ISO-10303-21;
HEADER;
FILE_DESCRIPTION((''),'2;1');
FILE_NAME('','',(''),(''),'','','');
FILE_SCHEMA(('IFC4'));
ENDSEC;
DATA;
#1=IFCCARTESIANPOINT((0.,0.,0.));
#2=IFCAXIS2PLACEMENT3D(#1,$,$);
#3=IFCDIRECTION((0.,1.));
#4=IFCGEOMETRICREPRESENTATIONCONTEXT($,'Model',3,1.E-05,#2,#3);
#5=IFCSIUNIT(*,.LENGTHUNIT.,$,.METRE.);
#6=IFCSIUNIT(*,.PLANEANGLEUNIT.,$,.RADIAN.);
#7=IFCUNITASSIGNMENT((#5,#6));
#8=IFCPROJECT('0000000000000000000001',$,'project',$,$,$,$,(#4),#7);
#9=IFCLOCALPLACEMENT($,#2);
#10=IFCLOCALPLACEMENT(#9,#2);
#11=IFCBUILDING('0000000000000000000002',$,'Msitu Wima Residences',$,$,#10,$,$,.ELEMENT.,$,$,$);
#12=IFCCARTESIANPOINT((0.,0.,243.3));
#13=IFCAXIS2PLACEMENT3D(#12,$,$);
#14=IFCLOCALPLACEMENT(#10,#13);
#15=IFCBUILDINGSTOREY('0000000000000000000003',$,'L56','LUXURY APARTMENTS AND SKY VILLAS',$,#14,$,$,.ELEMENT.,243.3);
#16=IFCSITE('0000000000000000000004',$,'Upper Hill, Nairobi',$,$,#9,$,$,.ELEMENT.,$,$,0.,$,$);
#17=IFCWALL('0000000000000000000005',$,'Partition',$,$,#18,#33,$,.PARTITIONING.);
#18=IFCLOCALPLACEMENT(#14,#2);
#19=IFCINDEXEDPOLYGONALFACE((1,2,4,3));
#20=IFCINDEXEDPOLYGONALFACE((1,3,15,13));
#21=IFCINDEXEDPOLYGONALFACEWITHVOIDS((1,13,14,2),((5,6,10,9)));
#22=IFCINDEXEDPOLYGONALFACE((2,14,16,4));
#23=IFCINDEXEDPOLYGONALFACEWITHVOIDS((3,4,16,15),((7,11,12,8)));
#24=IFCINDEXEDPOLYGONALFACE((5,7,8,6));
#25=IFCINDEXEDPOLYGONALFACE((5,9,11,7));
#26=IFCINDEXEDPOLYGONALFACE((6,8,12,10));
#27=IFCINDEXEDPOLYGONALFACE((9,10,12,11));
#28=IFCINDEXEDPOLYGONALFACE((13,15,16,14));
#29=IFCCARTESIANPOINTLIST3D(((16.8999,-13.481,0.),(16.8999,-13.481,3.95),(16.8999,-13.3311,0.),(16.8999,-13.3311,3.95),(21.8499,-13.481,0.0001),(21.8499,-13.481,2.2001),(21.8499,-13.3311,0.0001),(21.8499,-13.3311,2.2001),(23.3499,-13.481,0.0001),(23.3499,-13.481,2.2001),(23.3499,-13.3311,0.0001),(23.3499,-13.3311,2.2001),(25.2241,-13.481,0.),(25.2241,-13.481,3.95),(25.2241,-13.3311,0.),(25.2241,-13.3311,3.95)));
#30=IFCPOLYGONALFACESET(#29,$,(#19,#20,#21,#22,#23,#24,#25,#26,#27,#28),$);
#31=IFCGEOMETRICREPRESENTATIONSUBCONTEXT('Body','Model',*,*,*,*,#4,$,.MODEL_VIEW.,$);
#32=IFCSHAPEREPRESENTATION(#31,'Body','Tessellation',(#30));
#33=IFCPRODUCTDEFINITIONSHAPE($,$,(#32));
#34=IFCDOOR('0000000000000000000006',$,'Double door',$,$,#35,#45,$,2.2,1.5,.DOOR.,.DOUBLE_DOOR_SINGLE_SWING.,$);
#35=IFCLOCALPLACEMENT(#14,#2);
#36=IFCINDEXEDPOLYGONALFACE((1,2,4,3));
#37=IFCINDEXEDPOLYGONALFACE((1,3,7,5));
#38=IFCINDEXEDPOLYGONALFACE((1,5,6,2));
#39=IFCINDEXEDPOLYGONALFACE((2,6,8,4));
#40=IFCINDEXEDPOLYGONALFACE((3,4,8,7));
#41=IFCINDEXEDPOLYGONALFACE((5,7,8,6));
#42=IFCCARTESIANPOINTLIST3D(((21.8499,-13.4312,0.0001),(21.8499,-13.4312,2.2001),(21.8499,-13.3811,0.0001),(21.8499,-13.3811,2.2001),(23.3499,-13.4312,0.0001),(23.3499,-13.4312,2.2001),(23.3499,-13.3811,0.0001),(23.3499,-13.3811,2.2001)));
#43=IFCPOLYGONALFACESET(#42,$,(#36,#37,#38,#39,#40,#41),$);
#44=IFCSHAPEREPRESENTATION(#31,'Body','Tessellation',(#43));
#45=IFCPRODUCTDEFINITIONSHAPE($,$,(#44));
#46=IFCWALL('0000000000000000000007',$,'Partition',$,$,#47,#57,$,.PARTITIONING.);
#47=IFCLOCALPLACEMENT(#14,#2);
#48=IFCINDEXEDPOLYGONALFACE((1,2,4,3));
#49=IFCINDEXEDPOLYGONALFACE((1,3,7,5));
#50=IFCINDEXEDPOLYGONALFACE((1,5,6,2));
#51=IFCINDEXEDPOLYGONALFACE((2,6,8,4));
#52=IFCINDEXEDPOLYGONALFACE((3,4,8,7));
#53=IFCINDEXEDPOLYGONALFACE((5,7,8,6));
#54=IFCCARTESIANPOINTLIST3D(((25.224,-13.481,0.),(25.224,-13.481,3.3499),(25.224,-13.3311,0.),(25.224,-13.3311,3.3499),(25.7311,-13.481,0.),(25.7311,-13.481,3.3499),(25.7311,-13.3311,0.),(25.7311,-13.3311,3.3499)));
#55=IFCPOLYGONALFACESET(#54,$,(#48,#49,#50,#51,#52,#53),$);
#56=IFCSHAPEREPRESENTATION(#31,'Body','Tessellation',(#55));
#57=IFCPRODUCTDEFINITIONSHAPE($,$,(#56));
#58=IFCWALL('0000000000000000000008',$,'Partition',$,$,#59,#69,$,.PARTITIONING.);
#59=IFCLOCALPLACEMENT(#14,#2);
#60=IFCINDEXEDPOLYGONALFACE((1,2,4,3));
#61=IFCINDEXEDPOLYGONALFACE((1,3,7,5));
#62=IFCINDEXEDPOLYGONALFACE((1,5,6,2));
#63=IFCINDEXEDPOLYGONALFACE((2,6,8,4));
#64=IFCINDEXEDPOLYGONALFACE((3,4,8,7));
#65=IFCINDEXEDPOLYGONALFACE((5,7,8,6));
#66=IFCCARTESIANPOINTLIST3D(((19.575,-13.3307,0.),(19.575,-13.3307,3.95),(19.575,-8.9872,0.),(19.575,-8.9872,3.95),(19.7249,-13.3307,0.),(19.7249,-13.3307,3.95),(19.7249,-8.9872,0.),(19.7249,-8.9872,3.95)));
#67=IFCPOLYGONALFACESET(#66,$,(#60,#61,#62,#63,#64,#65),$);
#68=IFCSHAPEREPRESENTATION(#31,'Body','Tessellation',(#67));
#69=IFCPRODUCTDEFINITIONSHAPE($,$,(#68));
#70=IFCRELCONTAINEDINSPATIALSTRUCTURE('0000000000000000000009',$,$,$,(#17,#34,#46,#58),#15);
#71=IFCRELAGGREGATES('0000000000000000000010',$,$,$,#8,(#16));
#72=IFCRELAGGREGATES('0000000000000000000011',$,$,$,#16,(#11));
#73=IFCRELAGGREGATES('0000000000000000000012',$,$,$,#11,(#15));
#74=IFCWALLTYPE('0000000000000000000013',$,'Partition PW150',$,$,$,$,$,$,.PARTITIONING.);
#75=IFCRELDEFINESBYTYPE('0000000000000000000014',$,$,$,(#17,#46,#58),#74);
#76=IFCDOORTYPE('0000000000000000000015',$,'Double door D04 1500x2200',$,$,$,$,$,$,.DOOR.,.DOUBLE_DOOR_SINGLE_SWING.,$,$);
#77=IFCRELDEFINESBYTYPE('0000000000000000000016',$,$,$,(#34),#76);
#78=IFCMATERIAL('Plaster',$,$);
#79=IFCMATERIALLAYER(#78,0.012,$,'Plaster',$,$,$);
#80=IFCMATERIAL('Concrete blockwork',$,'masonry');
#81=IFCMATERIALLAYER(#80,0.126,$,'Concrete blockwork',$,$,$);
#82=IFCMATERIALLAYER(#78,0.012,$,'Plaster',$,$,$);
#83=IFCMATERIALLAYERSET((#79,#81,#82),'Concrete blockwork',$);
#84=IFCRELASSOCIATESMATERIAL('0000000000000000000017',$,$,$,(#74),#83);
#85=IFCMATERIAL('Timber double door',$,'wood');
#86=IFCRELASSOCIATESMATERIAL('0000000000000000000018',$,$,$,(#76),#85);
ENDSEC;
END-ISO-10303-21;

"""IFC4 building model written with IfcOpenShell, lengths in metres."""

from ifc_helpers import new_model, si_unit, direction, frame, frame_2d, origin, place, context, subcontext, project, spatial, rectangle, extrude, material, layer, layer_set, type_object, element, fill, save


model = new_model("IFC4")

# Units and contexts
model_context = context("Model", 3, precision=1e-05, world=origin(), true_north=direction((0.0, 1.0)))
body_context = subcontext(model_context, "Body", "Model", "MODEL_VIEW")
ifc_project = project(units=[si_unit("LENGTHUNIT", "METRE"), si_unit("PLANEANGLEUNIT", "RADIAN")], contexts=[model_context])

# Site, building, storey
site_placement = place(None, origin())
site = spatial("IfcSite", under=ifc_project, at=site_placement, Name="Upper Hill, Nairobi", CompositionType="ELEMENT", RefElevation=0.0)
building_placement = place(site_placement, origin())
building = spatial("IfcBuilding", under=site, at=building_placement, Name="Msitu Wima Residences", CompositionType="ELEMENT")
storey_placement = place(building_placement, frame((0.0, 0.0, 243.3)))
storey = spatial("IfcBuildingStorey", under=building, at=storey_placement, Name="L56", Description="LUXURY APARTMENTS AND SKY VILLAS", CompositionType="ELEMENT", Elevation=243.3)

# Shared definitions
ifc_material_1 = material(Name="Plaster")
ifc_material_2 = material(Name="Concrete blockwork", Category="masonry")

# Shared definitions
ifc_layer_1 = layer(ifc_material_1, 0.012, Name="Plaster")
ifc_layer_2 = layer(ifc_material_2, 0.126, Name="Concrete blockwork")
ifc_layer_3 = layer(ifc_material_1, 0.012, Name="Plaster")
ifc_layer_set_1 = layer_set([ifc_layer_1, ifc_layer_2, ifc_layer_3], Name="Concrete blockwork")
wall_type_1 = type_object("IfcWallType", Name="Partition PW150", PredefinedType="PARTITIONING", material=ifc_layer_set_1)

# Wall, opening, door
wall_1_placement = place(storey_placement, frame((16.8999, -13.406, 0.0), z_axis=(0.0, 0.0, 1.0), x_axis=(1.0, 0.0, 0.0)))
wall_1 = element("IfcWall", 1, at=wall_1_placement, inside=storey, type_object=wall_type_1, Name="Partition", PredefinedType="PARTITIONING", context=body_context, shape_type="SweptSolid", body=[
    extrude(rectangle(XDim=8.3242, YDim=0.1499, at=frame_2d((4.1621, 0.0))), origin(), (0.0, 0.0, 1.0), 3.95),
])
opening_1_placement = place(wall_1_placement, frame((4.95, 0.0, 0.0)))
opening_1 = element("IfcOpeningElement", 2, at=opening_1_placement, cuts=wall_1, PredefinedType="OPENING", context=body_context, shape_type="SweptSolid", body=[
    extrude(rectangle(XDim=1.5, YDim=2.2, at=frame_2d((0.75, 1.1001))), frame((0.0, 0.085, 0.0), z_axis=(0.0, -1.0, 0.0), x_axis=(1.0, 0.0, 0.0)), (0.0, 0.0, 1.0), 0.1699),
])
ifc_material_3 = material(Name="Timber double door", Category="wood")
door_type_1 = type_object("IfcDoorType", Name="Double door D04 1500x2200", OperationType="DOUBLE_DOOR_SINGLE_SWING", PredefinedType="DOOR", material=ifc_material_3)
door_1_placement = place(opening_1_placement, origin())
door_1 = element("IfcDoor", 3, at=door_1_placement, inside=storey, type_object=door_type_1, Name="Double door", OperationType="DOUBLE_DOOR_SINGLE_SWING", OverallHeight=2.2, OverallWidth=1.5, PredefinedType="DOOR", context=body_context, shape_type="SweptSolid", body=[
    extrude(rectangle(XDim=1.5, YDim=2.2, at=frame_2d((0.75, 1.1001))), frame((0.0, 0.0249, 0.0), z_axis=(0.0, -1.0, 0.0), x_axis=(1.0, 0.0, 0.0)), (0.0, 0.0, 1.0), 0.05),
])
fill(opening_1, door_1)

# Walls
wall_2_placement = place(storey_placement, frame((25.2241, -13.406, 0.0), z_axis=(0.0, 0.0, 1.0), x_axis=(1.0, 0.0, 0.0)))
element("IfcWall", 4, at=wall_2_placement, inside=storey, type_object=wall_type_1, Name="Partition", PredefinedType="PARTITIONING", context=body_context, shape_type="SweptSolid", body=[
    extrude(rectangle(XDim=0.5071, YDim=0.1499, at=frame_2d((0.2534, 0.0))), origin(), (0.0, 0.0, 1.0), 3.3499),
])
wall_3_placement = place(storey_placement, frame((19.6499, -13.3308, 0.0), z_axis=(0.0, 0.0, 1.0), x_axis=(0.0, 1.0, 0.0)))
element("IfcWall", 5, at=wall_3_placement, inside=storey, type_object=wall_type_1, Name="Partition", PredefinedType="PARTITIONING", context=body_context, shape_type="SweptSolid", body=[
    extrude(rectangle(XDim=4.3435, YDim=0.1499, at=frame_2d((2.1719, 0.0))), origin(), (0.0, 0.0, 1.0), 3.95),
])

save(model, "model.ifc")
